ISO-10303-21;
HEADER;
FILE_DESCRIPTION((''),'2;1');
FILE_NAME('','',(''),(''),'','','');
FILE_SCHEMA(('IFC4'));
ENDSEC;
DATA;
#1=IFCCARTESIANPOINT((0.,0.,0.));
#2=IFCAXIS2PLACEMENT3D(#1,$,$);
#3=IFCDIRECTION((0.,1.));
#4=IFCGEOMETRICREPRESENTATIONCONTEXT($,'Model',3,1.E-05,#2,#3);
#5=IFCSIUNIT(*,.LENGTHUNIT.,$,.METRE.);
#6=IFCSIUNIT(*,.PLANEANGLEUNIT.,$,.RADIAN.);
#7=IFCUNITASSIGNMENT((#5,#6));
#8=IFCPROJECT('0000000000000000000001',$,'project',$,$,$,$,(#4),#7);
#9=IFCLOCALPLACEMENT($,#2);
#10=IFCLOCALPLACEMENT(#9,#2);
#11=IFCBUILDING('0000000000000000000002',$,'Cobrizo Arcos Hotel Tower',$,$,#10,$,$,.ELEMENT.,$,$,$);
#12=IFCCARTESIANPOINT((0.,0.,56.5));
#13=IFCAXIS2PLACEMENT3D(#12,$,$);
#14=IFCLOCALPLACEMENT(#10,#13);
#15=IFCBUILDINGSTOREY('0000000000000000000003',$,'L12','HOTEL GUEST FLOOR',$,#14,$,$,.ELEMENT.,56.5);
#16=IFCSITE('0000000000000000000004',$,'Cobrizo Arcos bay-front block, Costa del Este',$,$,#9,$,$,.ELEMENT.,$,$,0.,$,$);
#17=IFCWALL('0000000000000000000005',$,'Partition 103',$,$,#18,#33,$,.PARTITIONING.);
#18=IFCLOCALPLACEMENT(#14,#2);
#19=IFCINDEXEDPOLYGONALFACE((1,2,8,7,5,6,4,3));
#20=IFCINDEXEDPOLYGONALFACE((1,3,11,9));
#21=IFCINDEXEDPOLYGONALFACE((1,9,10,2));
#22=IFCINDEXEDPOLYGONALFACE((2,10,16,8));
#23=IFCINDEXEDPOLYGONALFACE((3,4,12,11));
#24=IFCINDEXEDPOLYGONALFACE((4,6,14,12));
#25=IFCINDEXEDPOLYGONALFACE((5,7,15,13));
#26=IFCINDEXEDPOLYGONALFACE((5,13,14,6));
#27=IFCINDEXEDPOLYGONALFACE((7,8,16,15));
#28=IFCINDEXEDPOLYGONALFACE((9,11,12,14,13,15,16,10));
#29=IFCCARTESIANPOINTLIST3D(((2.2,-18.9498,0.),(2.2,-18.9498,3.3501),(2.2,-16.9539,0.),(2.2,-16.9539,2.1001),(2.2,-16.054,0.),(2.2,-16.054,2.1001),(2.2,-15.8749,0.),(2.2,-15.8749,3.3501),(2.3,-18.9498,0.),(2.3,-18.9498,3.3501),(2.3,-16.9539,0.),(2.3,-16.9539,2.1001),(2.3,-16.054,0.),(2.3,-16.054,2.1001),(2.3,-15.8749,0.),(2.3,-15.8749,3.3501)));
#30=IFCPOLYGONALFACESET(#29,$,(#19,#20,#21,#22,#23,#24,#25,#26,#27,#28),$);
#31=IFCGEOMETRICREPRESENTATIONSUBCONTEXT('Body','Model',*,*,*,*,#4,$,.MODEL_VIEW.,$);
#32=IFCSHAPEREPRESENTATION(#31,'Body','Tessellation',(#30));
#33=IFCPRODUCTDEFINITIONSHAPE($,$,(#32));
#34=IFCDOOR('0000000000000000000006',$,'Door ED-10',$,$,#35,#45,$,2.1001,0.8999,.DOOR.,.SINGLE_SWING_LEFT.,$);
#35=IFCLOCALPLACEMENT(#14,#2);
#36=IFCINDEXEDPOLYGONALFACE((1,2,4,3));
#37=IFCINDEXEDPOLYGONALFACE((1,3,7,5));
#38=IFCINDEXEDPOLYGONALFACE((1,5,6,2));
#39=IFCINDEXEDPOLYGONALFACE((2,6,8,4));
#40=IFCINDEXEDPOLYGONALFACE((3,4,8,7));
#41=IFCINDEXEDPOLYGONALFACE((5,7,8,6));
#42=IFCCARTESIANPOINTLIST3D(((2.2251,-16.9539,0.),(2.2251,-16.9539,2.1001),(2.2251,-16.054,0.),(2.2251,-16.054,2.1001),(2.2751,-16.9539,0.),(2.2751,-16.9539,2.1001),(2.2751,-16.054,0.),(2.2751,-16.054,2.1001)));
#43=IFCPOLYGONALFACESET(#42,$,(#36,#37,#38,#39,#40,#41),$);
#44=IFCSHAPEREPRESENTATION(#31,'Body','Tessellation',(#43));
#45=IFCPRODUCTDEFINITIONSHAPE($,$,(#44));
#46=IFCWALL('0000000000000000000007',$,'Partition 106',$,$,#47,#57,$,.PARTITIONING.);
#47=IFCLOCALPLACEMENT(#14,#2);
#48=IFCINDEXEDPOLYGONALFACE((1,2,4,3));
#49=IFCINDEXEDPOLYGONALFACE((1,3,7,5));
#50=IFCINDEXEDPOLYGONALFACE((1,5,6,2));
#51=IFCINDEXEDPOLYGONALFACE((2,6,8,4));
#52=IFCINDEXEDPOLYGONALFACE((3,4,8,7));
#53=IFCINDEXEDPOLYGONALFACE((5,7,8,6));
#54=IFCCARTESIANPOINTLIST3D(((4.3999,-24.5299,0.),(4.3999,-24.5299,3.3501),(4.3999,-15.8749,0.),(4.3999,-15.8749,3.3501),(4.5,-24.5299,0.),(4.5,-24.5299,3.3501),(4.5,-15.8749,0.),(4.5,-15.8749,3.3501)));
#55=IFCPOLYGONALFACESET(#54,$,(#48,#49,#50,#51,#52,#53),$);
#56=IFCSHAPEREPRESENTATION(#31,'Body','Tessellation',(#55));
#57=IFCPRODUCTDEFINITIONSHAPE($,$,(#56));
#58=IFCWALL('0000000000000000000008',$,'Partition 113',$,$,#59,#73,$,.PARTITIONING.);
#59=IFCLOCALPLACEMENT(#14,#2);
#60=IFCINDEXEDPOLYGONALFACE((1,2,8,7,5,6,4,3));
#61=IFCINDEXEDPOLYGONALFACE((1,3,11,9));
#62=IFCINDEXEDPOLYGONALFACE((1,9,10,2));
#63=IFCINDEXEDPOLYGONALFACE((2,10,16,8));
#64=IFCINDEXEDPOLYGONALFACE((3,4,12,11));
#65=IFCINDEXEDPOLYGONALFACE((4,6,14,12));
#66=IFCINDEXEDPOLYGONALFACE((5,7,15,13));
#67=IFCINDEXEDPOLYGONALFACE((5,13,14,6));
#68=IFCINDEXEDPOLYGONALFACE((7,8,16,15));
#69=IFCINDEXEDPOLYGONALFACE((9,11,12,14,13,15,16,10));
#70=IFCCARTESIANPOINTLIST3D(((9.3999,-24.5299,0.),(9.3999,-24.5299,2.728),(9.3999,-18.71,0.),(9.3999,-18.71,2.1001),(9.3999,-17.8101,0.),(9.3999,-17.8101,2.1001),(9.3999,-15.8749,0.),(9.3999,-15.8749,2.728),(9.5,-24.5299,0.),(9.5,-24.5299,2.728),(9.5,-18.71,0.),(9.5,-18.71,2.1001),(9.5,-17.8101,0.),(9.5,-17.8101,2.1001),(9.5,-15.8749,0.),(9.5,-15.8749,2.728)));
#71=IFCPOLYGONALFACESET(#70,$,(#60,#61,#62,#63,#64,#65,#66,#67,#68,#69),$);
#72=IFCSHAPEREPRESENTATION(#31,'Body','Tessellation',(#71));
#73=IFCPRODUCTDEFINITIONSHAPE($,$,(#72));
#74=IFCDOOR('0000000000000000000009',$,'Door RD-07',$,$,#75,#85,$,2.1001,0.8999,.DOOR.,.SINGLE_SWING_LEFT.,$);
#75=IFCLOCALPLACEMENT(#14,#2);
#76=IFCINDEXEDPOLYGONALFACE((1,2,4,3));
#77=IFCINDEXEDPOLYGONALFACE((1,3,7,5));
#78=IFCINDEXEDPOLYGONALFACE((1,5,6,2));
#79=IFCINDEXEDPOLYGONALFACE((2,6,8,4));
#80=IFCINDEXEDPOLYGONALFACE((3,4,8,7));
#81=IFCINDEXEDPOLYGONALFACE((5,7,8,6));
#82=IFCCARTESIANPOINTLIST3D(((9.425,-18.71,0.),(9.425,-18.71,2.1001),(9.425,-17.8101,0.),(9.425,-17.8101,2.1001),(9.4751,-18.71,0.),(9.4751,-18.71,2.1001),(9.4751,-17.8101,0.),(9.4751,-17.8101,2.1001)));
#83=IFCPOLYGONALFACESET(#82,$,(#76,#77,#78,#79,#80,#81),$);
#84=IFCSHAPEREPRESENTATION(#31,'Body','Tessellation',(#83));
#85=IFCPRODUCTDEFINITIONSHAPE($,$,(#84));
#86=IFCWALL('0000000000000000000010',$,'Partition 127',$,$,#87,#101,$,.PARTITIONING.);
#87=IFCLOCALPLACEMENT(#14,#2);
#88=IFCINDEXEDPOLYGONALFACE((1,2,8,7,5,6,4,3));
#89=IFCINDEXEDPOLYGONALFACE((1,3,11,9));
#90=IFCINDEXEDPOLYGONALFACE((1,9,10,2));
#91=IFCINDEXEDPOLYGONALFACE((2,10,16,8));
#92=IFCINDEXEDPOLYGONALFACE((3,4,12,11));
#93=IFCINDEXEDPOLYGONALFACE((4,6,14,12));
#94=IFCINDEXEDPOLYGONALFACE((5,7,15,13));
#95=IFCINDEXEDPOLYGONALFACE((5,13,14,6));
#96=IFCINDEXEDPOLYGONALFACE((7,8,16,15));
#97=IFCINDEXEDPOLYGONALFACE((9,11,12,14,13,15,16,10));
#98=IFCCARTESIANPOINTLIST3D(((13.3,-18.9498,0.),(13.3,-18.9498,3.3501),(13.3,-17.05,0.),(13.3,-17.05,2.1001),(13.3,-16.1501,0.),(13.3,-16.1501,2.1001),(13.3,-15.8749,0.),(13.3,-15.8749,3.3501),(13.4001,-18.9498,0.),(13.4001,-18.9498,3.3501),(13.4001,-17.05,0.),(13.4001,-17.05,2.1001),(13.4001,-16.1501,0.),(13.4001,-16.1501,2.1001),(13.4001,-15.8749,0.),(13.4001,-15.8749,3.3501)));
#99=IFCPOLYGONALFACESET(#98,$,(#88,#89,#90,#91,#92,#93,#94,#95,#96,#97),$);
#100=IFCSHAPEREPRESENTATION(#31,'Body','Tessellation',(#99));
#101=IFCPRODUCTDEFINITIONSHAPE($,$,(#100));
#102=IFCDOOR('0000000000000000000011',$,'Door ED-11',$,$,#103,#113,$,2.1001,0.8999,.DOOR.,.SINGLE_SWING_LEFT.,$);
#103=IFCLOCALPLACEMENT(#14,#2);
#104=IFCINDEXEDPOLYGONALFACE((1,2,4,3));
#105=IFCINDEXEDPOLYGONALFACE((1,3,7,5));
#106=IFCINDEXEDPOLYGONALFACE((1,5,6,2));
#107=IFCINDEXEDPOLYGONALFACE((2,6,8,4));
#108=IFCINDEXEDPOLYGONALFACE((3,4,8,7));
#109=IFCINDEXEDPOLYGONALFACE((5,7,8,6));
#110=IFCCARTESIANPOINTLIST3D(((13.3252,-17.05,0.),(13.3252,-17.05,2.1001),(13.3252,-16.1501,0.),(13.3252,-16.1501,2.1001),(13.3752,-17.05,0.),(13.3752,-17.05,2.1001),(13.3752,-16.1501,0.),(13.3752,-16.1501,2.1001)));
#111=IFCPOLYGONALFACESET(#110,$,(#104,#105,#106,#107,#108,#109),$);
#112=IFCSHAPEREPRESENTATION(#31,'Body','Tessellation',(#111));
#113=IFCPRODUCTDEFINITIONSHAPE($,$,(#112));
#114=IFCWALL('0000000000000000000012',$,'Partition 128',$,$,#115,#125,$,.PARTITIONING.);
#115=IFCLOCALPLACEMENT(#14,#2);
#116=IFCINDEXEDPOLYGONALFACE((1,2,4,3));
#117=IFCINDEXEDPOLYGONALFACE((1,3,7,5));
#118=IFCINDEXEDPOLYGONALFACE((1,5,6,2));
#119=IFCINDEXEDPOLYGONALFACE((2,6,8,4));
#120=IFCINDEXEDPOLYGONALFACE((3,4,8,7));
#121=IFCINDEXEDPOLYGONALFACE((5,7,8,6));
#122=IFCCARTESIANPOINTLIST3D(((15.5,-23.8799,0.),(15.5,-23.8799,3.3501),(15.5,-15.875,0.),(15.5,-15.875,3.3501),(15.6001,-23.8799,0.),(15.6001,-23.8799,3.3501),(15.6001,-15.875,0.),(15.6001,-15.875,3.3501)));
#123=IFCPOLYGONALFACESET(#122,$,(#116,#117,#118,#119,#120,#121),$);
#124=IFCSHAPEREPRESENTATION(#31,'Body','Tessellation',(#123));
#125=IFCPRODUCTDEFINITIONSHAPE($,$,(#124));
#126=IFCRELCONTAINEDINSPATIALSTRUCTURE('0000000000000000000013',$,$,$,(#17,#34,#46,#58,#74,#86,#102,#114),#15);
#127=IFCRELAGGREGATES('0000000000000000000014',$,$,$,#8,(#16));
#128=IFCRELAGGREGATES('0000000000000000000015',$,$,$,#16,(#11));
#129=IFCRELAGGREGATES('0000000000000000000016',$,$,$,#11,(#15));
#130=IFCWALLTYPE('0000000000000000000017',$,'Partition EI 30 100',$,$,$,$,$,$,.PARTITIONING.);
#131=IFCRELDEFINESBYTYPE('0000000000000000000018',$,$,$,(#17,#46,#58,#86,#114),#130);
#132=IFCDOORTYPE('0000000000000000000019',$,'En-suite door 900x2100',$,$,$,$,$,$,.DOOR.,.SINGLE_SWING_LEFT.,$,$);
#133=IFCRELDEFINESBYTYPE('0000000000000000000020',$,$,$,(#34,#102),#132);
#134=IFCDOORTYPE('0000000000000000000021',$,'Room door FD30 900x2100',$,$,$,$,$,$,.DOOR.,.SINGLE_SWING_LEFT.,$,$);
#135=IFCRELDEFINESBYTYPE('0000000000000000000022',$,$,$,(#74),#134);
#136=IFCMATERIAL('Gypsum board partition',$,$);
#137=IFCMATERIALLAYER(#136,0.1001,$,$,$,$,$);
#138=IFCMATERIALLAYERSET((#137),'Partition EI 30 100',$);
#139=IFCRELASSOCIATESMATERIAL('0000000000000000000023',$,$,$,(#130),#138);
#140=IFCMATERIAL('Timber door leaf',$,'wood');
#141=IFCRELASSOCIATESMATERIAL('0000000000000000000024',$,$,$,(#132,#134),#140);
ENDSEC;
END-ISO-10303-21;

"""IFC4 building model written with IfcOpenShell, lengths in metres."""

from ifc_helpers import new_model, si_unit, direction, frame, frame_2d, origin, place, context, subcontext, project, spatial, rectangle, extrude, material, layer, layer_set, type_object, element, fill, save


model = new_model("IFC4")

# Units and contexts
model_context = context("Model", 3, precision=1e-05, world=origin(), true_north=direction((0.0, 1.0)))
body_context = subcontext(model_context, "Body", "Model", "MODEL_VIEW")
ifc_project = project(units=[si_unit("LENGTHUNIT", "METRE"), si_unit("PLANEANGLEUNIT", "RADIAN")], contexts=[model_context])

# Site, building, storey
site_placement = place(None, origin())
site = spatial("IfcSite", under=ifc_project, at=site_placement, Name="Cobrizo Arcos bay-front block, Costa del Este", CompositionType="ELEMENT", RefElevation=0.0)
building_placement = place(site_placement, origin())
building = spatial("IfcBuilding", under=site, at=building_placement, Name="Cobrizo Arcos Hotel Tower", CompositionType="ELEMENT")
storey_placement = place(building_placement, frame((0.0, 0.0, 56.5)))
storey = spatial("IfcBuildingStorey", under=building, at=storey_placement, Name="L12", Description="HOTEL GUEST FLOOR", CompositionType="ELEMENT", Elevation=56.5)

# Shared definitions
ifc_material_1 = material(Name="Gypsum board partition")
ifc_layer_1 = layer(ifc_material_1, 0.1001)
ifc_layer_set_1 = layer_set([ifc_layer_1], Name="Partition EI 30 100")
wall_type = type_object("IfcWallType", Name="Partition EI 30 100", PredefinedType="PARTITIONING", material=ifc_layer_set_1)

# Wall, opening, door
wall_1_placement = place(storey_placement, frame((2.25, -18.95, 0.0), z_axis=(0.0, 0.0, 1.0), x_axis=(0.0, 1.0, 0.0)))
wall_1 = element("IfcWall", 1, at=wall_1_placement, inside=storey, type_object=wall_type, Name="Partition 103", PredefinedType="PARTITIONING", context=body_context, shape_type="SweptSolid", body=[
    extrude(rectangle(XDim=3.075, YDim=0.1001, at=frame_2d((1.5376, 0.0))), origin(), (0.0, 0.0, 1.0), 3.3501),
])
opening_1_placement = place(wall_1_placement, frame((1.9961, 0.0, 0.0)))
opening_1 = element("IfcOpeningElement", 2, at=opening_1_placement, cuts=wall_1, PredefinedType="OPENING", context=body_context, shape_type="SweptSolid", body=[
    extrude(rectangle(XDim=0.8999, YDim=2.1001, at=frame_2d((0.45, 1.05))), frame((0.0, 0.062, 0.0), z_axis=(0.0, -1.0, 0.0), x_axis=(1.0, 0.0, 0.0)), (0.0, 0.0, 1.0), 0.124),
])
ifc_material_2 = material(Name="Timber door leaf", Category="wood")
door_type_1 = type_object("IfcDoorType", Name="En-suite door 900x2100", OperationType="SINGLE_SWING_LEFT", PredefinedType="DOOR", material=ifc_material_2)
door_1_placement = place(opening_1_placement, origin())
door_1 = element("IfcDoor", 3, at=door_1_placement, inside=storey, type_object=door_type_1, Name="Door ED-10", OperationType="SINGLE_SWING_LEFT", OverallHeight=2.1001, OverallWidth=0.8999, PredefinedType="DOOR", context=body_context, shape_type="SweptSolid", body=[
    extrude(rectangle(XDim=0.8999, YDim=2.1001, at=frame_2d((0.45, 1.05))), frame((0.0, 0.0249, 0.0), z_axis=(0.0, -1.0, 0.0), x_axis=(1.0, 0.0, 0.0)), (0.0, 0.0, 1.0), 0.05),
])
fill(opening_1, door_1)

# Wall
wall_2_placement = place(storey_placement, frame((4.45, -24.53, 0.0), z_axis=(0.0, 0.0, 1.0), x_axis=(0.0, 1.0, 0.0)))
element("IfcWall", 4, at=wall_2_placement, inside=storey, type_object=wall_type, Name="Partition 106", PredefinedType="PARTITIONING", context=body_context, shape_type="SweptSolid", body=[
    extrude(rectangle(XDim=8.655, YDim=0.1001, at=frame_2d((4.3276, 0.0))), origin(), (0.0, 0.0, 1.0), 3.3501),
])

# Walls, openings, doors
wall_3_placement = place(storey_placement, frame((9.45, -24.53, 0.0), z_axis=(0.0, 0.0, 1.0), x_axis=(0.0, 1.0, 0.0)))
wall_3 = element("IfcWall", 5, at=wall_3_placement, inside=storey, type_object=wall_type, Name="Partition 113", PredefinedType="PARTITIONING", context=body_context, shape_type="SweptSolid", body=[
    extrude(rectangle(XDim=8.655, YDim=0.1001, at=frame_2d((4.3276, 0.0))), origin(), (0.0, 0.0, 1.0), 2.728),
])
opening_2_placement = place(wall_3_placement, frame((5.8201, 0.0, 0.0)))
opening_2 = element("IfcOpeningElement", 6, at=opening_2_placement, cuts=wall_3, PredefinedType="OPENING", context=body_context, shape_type="SweptSolid", body=[
    extrude(rectangle(XDim=0.8999, YDim=2.1001, at=frame_2d((0.45, 1.05))), frame((0.0, 0.062, 0.0), z_axis=(0.0, -1.0, 0.0), x_axis=(1.0, 0.0, 0.0)), (0.0, 0.0, 1.0), 0.124),
])
door_type_2 = type_object("IfcDoorType", Name="Room door FD30 900x2100", OperationType="SINGLE_SWING_LEFT", PredefinedType="DOOR", material=ifc_material_2)
door_2_placement = place(opening_2_placement, origin())
door_2 = element("IfcDoor", 7, at=door_2_placement, inside=storey, type_object=door_type_2, Name="Door RD-07", OperationType="SINGLE_SWING_LEFT", OverallHeight=2.1001, OverallWidth=0.8999, PredefinedType="DOOR", context=body_context, shape_type="SweptSolid", body=[
    extrude(rectangle(XDim=0.8999, YDim=2.1001, at=frame_2d((0.45, 1.05))), frame((0.0, 0.0249, 0.0), z_axis=(0.0, -1.0, 0.0), x_axis=(1.0, 0.0, 0.0)), (0.0, 0.0, 1.0), 0.05),
])
fill(opening_2, door_2)
wall_4_placement = place(storey_placement, frame((13.3501, -18.95, 0.0), z_axis=(0.0, 0.0, 1.0), x_axis=(0.0, 1.0, 0.0)))
wall_4 = element("IfcWall", 8, at=wall_4_placement, inside=storey, type_object=wall_type, Name="Partition 127", PredefinedType="PARTITIONING", context=body_context, shape_type="SweptSolid", body=[
    extrude(rectangle(XDim=3.075, YDim=0.1001, at=frame_2d((1.5376, 0.0))), origin(), (0.0, 0.0, 1.0), 3.3501),
])
opening_3_placement = place(wall_4_placement, frame((1.8999, 0.0, 0.0)))
opening_3 = element("IfcOpeningElement", 9, at=opening_3_placement, cuts=wall_4, PredefinedType="OPENING", context=body_context, shape_type="SweptSolid", body=[
    extrude(rectangle(XDim=0.8999, YDim=2.1001, at=frame_2d((0.45, 1.05))), frame((0.0, 0.062, 0.0), z_axis=(0.0, -1.0, 0.0), x_axis=(1.0, 0.0, 0.0)), (0.0, 0.0, 1.0), 0.124),
])
door_3_placement = place(opening_3_placement, origin())
door_3 = element("IfcDoor", 10, at=door_3_placement, inside=storey, type_object=door_type_1, Name="Door ED-11", OperationType="SINGLE_SWING_LEFT", OverallHeight=2.1001, OverallWidth=0.8999, PredefinedType="DOOR", context=body_context, shape_type="SweptSolid", body=[
    extrude(rectangle(XDim=0.8999, YDim=2.1001, at=frame_2d((0.45, 1.05))), frame((0.0, 0.0249, 0.0), z_axis=(0.0, -1.0, 0.0), x_axis=(1.0, 0.0, 0.0)), (0.0, 0.0, 1.0), 0.05),
])
fill(opening_3, door_3)

# Wall
wall_5_placement = place(storey_placement, frame((15.55, -23.8799, 0.0), z_axis=(0.0, 0.0, 1.0), x_axis=(0.0, 1.0, 0.0)))
element("IfcWall", 11, at=wall_5_placement, inside=storey, type_object=wall_type, Name="Partition 128", PredefinedType="PARTITIONING", context=body_context, shape_type="SweptSolid", body=[
    extrude(rectangle(XDim=8.0049, YDim=0.1001, at=frame_2d((4.0024, 0.0))), origin(), (0.0, 0.0, 1.0), 3.3501),
])

save(model, "model.ifc")
